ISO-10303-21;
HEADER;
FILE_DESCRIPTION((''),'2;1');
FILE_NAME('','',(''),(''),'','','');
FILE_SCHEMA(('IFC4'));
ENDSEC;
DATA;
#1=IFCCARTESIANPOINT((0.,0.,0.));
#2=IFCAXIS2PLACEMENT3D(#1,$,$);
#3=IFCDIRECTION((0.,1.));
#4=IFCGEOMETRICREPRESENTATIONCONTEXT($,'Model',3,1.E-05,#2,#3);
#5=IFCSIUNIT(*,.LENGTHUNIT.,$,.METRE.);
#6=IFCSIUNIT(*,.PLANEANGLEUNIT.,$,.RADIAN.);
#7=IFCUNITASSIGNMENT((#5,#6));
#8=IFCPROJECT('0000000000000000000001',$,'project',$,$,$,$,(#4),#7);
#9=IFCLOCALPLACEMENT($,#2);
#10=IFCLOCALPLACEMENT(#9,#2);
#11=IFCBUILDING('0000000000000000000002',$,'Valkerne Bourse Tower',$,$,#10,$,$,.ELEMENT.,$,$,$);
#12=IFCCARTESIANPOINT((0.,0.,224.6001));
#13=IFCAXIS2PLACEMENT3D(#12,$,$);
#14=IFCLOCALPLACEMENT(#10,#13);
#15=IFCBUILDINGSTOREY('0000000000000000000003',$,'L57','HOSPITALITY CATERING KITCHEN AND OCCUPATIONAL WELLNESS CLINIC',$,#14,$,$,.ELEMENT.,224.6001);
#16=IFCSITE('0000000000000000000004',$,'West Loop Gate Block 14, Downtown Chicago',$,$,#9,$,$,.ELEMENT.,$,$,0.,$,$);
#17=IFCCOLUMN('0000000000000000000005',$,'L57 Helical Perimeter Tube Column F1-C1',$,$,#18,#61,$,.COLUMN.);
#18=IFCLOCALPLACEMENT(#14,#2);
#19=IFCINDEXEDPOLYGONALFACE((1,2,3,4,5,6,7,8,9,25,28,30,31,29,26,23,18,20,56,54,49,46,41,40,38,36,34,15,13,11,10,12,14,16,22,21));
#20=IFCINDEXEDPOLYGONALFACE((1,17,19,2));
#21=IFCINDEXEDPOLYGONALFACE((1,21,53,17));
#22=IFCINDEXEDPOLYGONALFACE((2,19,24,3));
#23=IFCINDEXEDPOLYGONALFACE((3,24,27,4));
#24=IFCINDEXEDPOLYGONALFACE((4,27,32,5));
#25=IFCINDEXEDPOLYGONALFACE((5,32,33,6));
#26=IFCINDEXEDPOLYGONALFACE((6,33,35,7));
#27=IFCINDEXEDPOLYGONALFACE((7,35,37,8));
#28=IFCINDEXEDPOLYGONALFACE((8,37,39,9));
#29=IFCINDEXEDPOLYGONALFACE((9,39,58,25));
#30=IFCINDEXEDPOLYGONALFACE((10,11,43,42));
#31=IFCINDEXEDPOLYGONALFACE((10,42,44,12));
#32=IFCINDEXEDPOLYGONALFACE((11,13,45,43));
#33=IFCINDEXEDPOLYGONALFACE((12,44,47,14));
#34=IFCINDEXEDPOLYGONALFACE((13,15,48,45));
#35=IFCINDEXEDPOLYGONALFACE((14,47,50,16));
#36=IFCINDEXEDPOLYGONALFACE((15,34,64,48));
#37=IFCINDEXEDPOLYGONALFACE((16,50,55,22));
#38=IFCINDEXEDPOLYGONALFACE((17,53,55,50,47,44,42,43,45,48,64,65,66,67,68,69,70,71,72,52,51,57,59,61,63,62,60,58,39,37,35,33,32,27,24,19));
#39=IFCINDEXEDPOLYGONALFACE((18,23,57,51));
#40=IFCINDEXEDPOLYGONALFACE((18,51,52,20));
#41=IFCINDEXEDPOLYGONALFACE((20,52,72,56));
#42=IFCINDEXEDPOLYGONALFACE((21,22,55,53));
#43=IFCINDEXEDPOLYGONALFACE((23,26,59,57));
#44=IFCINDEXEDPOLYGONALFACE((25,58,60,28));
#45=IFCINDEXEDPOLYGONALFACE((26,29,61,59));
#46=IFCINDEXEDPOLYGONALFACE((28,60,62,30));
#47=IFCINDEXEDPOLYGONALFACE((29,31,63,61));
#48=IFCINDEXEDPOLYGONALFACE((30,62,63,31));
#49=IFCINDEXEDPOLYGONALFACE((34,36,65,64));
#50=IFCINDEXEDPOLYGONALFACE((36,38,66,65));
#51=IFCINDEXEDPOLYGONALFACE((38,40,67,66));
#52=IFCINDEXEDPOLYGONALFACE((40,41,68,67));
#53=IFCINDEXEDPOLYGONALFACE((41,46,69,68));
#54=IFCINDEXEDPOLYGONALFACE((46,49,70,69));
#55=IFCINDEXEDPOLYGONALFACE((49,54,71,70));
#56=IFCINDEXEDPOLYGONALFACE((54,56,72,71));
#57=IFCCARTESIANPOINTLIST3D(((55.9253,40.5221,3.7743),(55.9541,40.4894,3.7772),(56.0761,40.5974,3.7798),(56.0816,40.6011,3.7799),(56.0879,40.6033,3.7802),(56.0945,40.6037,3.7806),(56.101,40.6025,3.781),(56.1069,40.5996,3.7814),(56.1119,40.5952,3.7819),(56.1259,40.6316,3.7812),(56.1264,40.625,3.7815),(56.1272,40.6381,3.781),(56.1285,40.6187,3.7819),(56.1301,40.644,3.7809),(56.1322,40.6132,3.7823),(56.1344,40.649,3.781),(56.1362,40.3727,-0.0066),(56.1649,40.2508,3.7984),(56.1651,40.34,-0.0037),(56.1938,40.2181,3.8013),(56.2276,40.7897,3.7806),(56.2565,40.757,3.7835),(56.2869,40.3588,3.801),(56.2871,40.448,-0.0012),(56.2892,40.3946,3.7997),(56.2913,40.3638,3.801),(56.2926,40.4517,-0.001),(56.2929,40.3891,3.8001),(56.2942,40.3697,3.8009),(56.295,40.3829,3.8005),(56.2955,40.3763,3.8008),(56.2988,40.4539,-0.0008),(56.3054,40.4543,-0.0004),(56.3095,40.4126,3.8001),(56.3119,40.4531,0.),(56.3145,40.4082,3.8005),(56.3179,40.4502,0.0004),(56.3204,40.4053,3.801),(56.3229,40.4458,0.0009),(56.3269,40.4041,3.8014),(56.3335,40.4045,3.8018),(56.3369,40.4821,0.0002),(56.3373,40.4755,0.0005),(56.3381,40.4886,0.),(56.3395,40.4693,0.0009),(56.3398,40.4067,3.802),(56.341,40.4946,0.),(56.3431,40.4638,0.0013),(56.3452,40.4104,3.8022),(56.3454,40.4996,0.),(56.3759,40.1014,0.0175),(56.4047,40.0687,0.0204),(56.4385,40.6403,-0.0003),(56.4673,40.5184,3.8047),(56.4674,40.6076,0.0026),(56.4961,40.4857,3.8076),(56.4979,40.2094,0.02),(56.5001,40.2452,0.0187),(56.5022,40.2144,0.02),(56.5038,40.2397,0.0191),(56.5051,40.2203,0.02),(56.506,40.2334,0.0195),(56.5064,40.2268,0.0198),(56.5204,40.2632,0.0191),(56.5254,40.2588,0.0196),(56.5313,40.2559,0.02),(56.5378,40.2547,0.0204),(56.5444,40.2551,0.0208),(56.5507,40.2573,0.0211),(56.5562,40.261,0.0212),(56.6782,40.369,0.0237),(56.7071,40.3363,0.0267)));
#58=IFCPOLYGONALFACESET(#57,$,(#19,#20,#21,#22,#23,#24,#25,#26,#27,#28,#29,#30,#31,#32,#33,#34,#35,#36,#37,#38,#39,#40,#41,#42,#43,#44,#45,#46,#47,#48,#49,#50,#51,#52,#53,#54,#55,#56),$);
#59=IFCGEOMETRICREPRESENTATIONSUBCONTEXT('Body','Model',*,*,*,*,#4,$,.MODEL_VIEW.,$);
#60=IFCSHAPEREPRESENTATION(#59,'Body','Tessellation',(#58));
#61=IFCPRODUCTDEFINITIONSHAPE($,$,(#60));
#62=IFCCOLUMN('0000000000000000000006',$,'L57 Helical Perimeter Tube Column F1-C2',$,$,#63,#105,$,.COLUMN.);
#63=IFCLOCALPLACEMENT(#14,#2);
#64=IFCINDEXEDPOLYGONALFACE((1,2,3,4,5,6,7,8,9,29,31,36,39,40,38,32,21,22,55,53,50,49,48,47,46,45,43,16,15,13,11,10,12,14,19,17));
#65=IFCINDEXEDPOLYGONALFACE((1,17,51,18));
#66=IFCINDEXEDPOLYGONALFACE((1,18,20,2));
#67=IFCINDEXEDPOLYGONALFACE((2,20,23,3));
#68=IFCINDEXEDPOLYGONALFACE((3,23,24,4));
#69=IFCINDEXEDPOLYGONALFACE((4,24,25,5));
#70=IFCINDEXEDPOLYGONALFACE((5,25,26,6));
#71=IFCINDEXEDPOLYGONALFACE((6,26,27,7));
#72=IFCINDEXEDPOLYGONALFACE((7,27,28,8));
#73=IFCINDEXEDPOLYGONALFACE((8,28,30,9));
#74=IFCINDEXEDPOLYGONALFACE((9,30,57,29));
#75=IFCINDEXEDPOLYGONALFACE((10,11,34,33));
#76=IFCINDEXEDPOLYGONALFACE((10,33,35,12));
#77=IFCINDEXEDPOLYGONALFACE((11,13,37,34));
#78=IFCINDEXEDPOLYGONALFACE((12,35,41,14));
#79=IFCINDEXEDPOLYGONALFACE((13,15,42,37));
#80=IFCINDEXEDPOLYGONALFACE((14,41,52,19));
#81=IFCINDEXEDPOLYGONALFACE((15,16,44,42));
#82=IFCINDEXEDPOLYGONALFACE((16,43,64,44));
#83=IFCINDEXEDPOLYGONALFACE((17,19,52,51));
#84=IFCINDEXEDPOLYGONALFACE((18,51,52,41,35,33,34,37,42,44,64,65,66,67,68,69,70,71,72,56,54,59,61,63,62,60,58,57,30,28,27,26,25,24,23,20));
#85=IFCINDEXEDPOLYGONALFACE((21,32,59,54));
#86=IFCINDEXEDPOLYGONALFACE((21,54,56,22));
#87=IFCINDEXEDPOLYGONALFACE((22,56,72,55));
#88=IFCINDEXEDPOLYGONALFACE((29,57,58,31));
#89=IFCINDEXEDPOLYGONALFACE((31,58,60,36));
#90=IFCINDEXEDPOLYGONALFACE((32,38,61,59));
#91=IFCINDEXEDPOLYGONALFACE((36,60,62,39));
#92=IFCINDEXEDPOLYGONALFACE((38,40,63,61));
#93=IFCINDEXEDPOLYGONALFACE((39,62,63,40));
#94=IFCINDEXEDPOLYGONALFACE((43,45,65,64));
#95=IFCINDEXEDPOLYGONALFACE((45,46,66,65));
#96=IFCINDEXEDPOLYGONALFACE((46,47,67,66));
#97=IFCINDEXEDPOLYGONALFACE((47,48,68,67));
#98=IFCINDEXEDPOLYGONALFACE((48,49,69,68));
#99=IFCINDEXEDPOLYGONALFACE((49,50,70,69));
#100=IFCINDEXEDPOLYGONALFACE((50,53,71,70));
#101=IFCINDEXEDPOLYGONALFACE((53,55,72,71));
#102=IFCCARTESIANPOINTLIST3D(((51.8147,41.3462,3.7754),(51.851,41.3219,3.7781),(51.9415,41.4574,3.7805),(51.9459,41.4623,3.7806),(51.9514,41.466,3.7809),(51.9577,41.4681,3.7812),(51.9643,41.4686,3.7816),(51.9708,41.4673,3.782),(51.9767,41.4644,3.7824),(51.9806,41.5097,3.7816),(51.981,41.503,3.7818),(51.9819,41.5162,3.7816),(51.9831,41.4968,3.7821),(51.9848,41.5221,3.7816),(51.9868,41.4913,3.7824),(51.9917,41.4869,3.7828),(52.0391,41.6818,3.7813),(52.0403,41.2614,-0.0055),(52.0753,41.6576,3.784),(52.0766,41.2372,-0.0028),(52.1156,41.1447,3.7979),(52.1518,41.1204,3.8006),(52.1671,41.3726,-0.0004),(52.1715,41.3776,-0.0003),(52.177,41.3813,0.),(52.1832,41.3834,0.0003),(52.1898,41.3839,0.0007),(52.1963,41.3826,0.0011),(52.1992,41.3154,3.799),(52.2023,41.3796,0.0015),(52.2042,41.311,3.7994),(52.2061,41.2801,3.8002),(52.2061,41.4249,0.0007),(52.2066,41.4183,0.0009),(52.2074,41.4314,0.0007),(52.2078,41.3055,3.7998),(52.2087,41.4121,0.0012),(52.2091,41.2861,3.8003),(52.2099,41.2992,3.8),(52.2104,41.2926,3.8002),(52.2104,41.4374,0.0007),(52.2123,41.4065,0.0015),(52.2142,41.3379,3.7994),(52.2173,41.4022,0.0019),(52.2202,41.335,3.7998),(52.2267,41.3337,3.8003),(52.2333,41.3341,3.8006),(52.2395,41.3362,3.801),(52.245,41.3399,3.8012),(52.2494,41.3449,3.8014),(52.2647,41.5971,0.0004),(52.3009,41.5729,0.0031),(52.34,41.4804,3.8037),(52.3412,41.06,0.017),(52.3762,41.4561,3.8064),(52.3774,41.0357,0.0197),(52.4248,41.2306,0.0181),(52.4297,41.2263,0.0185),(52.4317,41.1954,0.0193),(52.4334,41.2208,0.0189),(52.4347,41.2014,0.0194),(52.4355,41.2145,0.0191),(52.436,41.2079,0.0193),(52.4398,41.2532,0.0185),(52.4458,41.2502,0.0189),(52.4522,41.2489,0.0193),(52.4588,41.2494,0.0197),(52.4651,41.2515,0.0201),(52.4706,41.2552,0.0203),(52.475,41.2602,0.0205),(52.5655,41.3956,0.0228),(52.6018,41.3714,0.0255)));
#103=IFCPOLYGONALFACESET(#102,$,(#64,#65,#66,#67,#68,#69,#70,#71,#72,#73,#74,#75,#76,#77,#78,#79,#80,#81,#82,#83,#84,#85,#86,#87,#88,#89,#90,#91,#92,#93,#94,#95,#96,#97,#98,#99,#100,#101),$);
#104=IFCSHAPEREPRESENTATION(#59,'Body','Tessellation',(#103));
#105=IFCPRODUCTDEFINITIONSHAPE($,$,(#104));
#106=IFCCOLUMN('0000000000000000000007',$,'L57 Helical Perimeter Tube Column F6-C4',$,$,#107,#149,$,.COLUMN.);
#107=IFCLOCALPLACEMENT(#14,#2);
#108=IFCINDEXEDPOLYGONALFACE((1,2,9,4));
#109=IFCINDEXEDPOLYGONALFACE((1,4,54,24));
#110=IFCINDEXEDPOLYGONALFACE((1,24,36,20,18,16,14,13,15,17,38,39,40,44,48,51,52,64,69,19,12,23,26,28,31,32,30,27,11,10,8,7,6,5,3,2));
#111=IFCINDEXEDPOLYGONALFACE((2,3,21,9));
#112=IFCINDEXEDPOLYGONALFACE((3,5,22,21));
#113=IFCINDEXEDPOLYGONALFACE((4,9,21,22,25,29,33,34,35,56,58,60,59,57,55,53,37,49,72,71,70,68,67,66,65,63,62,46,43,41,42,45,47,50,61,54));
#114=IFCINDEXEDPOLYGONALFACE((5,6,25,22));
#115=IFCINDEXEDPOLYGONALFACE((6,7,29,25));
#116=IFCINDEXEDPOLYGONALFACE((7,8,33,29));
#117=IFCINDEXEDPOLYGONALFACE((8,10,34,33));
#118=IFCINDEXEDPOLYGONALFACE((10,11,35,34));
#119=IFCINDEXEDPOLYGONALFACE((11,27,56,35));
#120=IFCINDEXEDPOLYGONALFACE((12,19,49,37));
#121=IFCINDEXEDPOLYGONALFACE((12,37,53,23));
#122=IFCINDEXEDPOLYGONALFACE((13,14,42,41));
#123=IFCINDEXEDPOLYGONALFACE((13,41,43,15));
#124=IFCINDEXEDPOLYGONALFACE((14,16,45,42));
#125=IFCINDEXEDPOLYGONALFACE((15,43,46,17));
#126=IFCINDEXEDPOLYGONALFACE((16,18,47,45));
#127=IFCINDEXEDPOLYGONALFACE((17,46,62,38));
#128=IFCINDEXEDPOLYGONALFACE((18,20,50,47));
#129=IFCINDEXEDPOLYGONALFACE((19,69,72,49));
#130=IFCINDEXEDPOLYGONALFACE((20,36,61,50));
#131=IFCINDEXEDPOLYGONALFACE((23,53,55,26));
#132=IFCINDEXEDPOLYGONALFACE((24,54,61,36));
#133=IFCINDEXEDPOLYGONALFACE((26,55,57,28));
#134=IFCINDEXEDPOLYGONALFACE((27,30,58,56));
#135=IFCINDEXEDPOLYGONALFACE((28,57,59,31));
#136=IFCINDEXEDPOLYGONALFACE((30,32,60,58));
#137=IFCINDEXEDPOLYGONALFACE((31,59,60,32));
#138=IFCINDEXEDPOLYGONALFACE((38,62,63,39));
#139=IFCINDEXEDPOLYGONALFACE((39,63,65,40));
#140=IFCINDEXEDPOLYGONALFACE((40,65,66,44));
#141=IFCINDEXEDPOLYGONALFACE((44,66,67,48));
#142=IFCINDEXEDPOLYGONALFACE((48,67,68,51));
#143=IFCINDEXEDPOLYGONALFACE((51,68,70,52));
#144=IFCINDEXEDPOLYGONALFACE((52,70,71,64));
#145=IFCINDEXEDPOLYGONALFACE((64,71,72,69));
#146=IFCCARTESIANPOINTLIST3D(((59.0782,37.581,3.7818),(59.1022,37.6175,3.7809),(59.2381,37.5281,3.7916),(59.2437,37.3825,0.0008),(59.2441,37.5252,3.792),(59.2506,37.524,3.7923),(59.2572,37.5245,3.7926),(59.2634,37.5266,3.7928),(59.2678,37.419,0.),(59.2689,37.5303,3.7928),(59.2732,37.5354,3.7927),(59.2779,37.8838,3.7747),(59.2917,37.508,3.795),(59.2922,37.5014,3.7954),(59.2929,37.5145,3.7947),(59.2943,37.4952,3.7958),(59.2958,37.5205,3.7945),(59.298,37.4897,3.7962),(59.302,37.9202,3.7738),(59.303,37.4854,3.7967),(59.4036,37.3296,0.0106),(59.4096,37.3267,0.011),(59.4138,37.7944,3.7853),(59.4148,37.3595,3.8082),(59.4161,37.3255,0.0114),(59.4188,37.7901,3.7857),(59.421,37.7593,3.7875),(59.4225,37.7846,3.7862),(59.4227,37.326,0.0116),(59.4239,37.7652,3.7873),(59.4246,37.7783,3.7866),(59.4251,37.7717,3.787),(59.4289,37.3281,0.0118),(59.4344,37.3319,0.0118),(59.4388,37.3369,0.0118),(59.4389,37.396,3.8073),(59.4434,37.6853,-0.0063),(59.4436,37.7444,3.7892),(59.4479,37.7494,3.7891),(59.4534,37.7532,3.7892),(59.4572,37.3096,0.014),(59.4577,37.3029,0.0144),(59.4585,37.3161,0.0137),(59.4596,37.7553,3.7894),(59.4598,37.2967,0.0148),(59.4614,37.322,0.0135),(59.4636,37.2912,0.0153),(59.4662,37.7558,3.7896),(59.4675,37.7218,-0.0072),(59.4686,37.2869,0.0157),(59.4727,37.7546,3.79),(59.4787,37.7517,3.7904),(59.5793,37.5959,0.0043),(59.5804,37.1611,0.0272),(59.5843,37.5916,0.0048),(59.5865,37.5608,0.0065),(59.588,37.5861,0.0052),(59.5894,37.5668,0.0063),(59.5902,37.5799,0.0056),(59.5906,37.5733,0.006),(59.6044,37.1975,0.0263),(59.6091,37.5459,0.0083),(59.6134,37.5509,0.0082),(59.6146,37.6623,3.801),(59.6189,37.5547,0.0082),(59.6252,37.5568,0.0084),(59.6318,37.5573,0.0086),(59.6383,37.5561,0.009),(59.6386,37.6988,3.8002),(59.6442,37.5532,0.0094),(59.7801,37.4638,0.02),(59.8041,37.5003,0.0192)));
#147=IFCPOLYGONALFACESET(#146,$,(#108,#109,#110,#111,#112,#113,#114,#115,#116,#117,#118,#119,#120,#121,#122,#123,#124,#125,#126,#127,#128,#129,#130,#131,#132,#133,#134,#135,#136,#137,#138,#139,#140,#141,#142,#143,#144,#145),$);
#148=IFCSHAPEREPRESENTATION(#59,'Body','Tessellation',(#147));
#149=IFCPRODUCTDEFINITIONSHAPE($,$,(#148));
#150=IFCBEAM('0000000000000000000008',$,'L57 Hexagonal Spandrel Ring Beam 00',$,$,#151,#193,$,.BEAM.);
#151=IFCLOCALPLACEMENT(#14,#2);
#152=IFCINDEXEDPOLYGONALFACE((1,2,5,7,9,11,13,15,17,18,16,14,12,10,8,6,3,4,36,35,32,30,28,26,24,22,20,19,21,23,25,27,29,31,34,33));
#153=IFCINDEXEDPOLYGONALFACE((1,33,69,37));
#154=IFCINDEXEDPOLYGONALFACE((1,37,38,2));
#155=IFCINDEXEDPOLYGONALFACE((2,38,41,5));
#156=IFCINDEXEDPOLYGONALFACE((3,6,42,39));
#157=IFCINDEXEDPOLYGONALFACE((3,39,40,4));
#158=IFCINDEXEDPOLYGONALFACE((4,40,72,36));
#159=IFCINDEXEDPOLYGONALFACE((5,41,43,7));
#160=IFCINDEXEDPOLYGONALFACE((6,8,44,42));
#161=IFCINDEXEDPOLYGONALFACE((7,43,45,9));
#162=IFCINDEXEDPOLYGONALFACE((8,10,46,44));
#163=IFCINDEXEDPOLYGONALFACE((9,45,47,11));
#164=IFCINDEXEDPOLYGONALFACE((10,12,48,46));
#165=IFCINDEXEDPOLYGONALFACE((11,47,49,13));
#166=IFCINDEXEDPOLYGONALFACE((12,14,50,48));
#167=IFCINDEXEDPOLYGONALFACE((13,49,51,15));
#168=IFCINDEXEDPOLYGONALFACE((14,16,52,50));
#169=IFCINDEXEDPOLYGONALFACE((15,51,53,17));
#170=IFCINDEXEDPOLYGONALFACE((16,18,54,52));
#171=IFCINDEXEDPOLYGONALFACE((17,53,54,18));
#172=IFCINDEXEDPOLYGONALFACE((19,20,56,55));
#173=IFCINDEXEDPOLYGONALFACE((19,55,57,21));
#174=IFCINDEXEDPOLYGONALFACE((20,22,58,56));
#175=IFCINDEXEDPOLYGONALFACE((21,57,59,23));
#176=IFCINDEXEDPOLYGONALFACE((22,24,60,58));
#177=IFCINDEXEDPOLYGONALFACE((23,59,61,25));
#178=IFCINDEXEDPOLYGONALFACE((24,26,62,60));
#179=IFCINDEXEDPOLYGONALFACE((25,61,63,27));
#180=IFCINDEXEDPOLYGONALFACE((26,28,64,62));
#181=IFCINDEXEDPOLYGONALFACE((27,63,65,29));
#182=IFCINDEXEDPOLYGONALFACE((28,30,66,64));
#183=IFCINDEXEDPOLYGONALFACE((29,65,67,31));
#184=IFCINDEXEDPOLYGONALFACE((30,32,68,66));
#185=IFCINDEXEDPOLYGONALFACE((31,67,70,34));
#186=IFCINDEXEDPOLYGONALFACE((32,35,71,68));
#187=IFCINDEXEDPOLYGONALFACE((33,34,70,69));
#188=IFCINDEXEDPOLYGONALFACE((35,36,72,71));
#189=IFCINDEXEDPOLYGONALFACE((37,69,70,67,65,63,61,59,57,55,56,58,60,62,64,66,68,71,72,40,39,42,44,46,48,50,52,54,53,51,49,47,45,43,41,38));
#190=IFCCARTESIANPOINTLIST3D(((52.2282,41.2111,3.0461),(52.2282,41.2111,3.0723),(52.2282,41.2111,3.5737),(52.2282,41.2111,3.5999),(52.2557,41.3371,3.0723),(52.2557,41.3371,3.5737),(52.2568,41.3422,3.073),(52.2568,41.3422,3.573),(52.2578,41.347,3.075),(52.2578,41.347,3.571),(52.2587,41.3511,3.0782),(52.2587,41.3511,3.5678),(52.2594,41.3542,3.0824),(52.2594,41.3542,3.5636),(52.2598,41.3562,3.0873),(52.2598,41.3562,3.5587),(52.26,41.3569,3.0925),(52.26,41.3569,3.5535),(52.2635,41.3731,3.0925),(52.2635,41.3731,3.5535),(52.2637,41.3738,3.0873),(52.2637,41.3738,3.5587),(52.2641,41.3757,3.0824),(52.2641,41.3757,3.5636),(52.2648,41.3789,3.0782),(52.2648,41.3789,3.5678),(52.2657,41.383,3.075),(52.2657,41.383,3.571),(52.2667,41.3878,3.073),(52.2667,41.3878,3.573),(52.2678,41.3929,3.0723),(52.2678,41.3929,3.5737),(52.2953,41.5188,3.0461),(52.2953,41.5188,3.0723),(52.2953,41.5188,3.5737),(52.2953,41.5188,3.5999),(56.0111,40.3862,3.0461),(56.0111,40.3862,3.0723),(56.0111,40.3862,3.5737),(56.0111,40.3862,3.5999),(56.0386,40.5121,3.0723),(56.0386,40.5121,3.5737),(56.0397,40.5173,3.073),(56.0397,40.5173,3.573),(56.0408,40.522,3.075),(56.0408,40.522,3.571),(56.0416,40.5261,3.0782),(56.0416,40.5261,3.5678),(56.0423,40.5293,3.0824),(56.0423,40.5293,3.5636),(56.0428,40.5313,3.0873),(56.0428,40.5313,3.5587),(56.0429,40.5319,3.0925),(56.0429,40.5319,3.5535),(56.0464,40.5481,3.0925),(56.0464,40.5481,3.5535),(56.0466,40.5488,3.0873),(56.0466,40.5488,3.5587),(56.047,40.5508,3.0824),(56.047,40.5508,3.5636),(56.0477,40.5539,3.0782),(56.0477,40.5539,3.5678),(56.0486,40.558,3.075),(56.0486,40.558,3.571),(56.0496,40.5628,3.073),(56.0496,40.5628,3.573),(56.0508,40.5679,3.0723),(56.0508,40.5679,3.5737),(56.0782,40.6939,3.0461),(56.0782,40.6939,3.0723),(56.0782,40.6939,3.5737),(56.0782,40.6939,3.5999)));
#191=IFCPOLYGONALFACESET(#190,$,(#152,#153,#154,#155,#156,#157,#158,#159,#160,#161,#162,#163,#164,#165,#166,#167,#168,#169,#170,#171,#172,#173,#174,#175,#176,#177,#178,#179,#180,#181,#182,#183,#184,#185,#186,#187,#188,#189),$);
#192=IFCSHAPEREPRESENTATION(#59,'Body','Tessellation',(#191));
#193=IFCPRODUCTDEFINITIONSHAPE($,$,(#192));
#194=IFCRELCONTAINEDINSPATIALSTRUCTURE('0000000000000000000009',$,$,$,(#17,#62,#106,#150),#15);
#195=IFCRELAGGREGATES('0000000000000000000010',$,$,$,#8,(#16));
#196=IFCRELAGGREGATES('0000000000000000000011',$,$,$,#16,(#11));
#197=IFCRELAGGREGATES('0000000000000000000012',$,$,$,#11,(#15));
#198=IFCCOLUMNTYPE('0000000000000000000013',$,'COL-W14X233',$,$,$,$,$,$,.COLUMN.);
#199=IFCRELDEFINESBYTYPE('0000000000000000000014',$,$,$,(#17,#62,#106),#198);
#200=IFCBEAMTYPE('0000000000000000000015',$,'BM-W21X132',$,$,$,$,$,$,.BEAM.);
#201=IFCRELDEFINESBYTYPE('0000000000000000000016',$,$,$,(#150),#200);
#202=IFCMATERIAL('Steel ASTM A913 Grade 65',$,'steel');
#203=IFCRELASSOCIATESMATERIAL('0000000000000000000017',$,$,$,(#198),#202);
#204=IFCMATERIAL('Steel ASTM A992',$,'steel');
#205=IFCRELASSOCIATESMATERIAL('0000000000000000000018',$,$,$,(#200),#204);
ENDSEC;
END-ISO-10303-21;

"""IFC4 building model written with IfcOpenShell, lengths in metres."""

from ifc_helpers import new_model, si_unit, direction, frame, origin, origin_2d, place, context, subcontext, project, spatial, i_section, extrude, material, material_profile, profile_set, type_object, element, save


model = new_model("IFC4")

# Units and contexts
model_context = context("Model", 3, precision=1e-05, world=origin(), true_north=direction((0.0, 1.0)))
body_context = subcontext(model_context, "Body", "Model", "MODEL_VIEW")
ifc_project = project(units=[si_unit("LENGTHUNIT", "METRE"), si_unit("PLANEANGLEUNIT", "RADIAN")], contexts=[model_context])

# Site, building, storey
site_placement = place(None, origin())
site = spatial("IfcSite", under=ifc_project, at=site_placement, Name="West Loop Gate Block 14, Downtown Chicago", CompositionType="ELEMENT", RefElevation=0.0)
building_placement = place(site_placement, origin())
building = spatial("IfcBuilding", under=site, at=building_placement, Name="Valkerne Bourse Tower", CompositionType="ELEMENT")
storey_placement = place(building_placement, frame((0.0, 0.0, 224.6001)))
storey = spatial("IfcBuildingStorey", under=building, at=storey_placement, Name="L57", Description="HOSPITALITY CATERING KITCHEN AND OCCUPATIONAL WELLNESS CLINIC", CompositionType="ELEMENT", Elevation=224.6001)

# Columns
ifc_material_1 = material(Name="Steel ASTM A913 Grade 65", Category="steel")
ifc_material_profile_1 = material_profile(ifc_material_1, i_section(OverallWidth=0.4038, OverallDepth=0.4065, WebThickness=0.0271, FlangeThickness=0.0437, FilletRadius=0.0254, at=origin_2d()), Name="W14X233")
ifc_profile_set_1 = profile_set([ifc_material_profile_1], Name="Steel ASTM A913 Grade 65")
column_type = type_object("IfcColumnType", Name="COL-W14X233", PredefinedType="COLUMN", material=ifc_profile_set_1)
column_1_placement = place(storey_placement, frame((56.4216, 40.3545, 0.01), z_axis=(-0.055659, 0.039425, 0.997671), x_axis=(0.748651, 0.662781, 0.015575)))
element("IfcColumn", 1, at=column_1_placement, inside=storey, type_object=column_type, Name="L57 Helical Perimeter Tube Column F1-C1", PredefinedType="COLUMN", context=body_context, shape_type="SweptSolid", body=[
    extrude(i_section(OverallWidth=0.4038, OverallDepth=0.4065, WebThickness=0.0271, FlangeThickness=0.0437, FilletRadius=0.0254, at=origin_2d()), origin(), (0.0, 0.0, 1.0), 3.7898),
])
column_2_placement = place(storey_placement, frame((52.321, 41.3164, 0.01), z_axis=(-0.059542, 0.022361, 0.997975), x_axis=(0.555619, 0.83131, 0.014524)))
element("IfcColumn", 2, at=column_2_placement, inside=storey, type_object=column_type, Name="L57 Helical Perimeter Tube Column F1-C2", PredefinedType="COLUMN", context=body_context, shape_type="SweptSolid", body=[
    extrude(i_section(OverallWidth=0.4038, OverallDepth=0.4065, WebThickness=0.0271, FlangeThickness=0.0437, FilletRadius=0.0254, at=origin_2d()), origin(), (0.0, 0.0, 1.0), 3.7886),
])
column_3_placement = place(storey_placement, frame((59.5239, 37.4414, 0.01), z_axis=(-0.043677, 0.052373, 0.997672), x_axis=(0.833674, -0.548385, 0.065285)))
element("IfcColumn", 3, at=column_3_placement, inside=storey, type_object=column_type, Name="L57 Helical Perimeter Tube Column F6-C4", PredefinedType="COLUMN", context=body_context, shape_type="SweptSolid", body=[
    extrude(i_section(OverallWidth=0.4038, OverallDepth=0.4065, WebThickness=0.0271, FlangeThickness=0.0437, FilletRadius=0.0254, at=origin_2d()), origin(), (0.0, 0.0, 1.0), 3.7898),
])

# Beam
ifc_material_2 = material(Name="Steel ASTM A992", Category="steel")
ifc_material_profile_2 = material_profile(ifc_material_2, i_section(OverallWidth=0.3149, OverallDepth=0.5537, WebThickness=0.0166, FlangeThickness=0.0261, FilletRadius=0.0203, at=origin_2d()), Name="W21X132")
ifc_profile_set_2 = profile_set([ifc_material_profile_2], Name="Steel ASTM A992")
beam_type = type_object("IfcBeamType", Name="BM-W21X132", PredefinedType="BEAM", material=ifc_profile_set_2)
beam_1_placement = place(storey_placement, frame((56.0447, 40.54, 3.323), z_axis=(-0.977038, 0.213063, 0.0), x_axis=(-0.213063, -0.977038, 0.0)))
element("IfcBeam", 4, at=beam_1_placement, inside=storey, type_object=beam_type, Name="L57 Hexagonal Spandrel Ring Beam 00", PredefinedType="BEAM", context=body_context, shape_type="SweptSolid", body=[
    extrude(i_section(OverallWidth=0.3149, OverallDepth=0.5537, WebThickness=0.0166, FlangeThickness=0.0261, FilletRadius=0.0203, at=origin_2d()), origin(), (0.0, 0.0, 1.0), 3.8718),
])

save(model, "model.ifc")
